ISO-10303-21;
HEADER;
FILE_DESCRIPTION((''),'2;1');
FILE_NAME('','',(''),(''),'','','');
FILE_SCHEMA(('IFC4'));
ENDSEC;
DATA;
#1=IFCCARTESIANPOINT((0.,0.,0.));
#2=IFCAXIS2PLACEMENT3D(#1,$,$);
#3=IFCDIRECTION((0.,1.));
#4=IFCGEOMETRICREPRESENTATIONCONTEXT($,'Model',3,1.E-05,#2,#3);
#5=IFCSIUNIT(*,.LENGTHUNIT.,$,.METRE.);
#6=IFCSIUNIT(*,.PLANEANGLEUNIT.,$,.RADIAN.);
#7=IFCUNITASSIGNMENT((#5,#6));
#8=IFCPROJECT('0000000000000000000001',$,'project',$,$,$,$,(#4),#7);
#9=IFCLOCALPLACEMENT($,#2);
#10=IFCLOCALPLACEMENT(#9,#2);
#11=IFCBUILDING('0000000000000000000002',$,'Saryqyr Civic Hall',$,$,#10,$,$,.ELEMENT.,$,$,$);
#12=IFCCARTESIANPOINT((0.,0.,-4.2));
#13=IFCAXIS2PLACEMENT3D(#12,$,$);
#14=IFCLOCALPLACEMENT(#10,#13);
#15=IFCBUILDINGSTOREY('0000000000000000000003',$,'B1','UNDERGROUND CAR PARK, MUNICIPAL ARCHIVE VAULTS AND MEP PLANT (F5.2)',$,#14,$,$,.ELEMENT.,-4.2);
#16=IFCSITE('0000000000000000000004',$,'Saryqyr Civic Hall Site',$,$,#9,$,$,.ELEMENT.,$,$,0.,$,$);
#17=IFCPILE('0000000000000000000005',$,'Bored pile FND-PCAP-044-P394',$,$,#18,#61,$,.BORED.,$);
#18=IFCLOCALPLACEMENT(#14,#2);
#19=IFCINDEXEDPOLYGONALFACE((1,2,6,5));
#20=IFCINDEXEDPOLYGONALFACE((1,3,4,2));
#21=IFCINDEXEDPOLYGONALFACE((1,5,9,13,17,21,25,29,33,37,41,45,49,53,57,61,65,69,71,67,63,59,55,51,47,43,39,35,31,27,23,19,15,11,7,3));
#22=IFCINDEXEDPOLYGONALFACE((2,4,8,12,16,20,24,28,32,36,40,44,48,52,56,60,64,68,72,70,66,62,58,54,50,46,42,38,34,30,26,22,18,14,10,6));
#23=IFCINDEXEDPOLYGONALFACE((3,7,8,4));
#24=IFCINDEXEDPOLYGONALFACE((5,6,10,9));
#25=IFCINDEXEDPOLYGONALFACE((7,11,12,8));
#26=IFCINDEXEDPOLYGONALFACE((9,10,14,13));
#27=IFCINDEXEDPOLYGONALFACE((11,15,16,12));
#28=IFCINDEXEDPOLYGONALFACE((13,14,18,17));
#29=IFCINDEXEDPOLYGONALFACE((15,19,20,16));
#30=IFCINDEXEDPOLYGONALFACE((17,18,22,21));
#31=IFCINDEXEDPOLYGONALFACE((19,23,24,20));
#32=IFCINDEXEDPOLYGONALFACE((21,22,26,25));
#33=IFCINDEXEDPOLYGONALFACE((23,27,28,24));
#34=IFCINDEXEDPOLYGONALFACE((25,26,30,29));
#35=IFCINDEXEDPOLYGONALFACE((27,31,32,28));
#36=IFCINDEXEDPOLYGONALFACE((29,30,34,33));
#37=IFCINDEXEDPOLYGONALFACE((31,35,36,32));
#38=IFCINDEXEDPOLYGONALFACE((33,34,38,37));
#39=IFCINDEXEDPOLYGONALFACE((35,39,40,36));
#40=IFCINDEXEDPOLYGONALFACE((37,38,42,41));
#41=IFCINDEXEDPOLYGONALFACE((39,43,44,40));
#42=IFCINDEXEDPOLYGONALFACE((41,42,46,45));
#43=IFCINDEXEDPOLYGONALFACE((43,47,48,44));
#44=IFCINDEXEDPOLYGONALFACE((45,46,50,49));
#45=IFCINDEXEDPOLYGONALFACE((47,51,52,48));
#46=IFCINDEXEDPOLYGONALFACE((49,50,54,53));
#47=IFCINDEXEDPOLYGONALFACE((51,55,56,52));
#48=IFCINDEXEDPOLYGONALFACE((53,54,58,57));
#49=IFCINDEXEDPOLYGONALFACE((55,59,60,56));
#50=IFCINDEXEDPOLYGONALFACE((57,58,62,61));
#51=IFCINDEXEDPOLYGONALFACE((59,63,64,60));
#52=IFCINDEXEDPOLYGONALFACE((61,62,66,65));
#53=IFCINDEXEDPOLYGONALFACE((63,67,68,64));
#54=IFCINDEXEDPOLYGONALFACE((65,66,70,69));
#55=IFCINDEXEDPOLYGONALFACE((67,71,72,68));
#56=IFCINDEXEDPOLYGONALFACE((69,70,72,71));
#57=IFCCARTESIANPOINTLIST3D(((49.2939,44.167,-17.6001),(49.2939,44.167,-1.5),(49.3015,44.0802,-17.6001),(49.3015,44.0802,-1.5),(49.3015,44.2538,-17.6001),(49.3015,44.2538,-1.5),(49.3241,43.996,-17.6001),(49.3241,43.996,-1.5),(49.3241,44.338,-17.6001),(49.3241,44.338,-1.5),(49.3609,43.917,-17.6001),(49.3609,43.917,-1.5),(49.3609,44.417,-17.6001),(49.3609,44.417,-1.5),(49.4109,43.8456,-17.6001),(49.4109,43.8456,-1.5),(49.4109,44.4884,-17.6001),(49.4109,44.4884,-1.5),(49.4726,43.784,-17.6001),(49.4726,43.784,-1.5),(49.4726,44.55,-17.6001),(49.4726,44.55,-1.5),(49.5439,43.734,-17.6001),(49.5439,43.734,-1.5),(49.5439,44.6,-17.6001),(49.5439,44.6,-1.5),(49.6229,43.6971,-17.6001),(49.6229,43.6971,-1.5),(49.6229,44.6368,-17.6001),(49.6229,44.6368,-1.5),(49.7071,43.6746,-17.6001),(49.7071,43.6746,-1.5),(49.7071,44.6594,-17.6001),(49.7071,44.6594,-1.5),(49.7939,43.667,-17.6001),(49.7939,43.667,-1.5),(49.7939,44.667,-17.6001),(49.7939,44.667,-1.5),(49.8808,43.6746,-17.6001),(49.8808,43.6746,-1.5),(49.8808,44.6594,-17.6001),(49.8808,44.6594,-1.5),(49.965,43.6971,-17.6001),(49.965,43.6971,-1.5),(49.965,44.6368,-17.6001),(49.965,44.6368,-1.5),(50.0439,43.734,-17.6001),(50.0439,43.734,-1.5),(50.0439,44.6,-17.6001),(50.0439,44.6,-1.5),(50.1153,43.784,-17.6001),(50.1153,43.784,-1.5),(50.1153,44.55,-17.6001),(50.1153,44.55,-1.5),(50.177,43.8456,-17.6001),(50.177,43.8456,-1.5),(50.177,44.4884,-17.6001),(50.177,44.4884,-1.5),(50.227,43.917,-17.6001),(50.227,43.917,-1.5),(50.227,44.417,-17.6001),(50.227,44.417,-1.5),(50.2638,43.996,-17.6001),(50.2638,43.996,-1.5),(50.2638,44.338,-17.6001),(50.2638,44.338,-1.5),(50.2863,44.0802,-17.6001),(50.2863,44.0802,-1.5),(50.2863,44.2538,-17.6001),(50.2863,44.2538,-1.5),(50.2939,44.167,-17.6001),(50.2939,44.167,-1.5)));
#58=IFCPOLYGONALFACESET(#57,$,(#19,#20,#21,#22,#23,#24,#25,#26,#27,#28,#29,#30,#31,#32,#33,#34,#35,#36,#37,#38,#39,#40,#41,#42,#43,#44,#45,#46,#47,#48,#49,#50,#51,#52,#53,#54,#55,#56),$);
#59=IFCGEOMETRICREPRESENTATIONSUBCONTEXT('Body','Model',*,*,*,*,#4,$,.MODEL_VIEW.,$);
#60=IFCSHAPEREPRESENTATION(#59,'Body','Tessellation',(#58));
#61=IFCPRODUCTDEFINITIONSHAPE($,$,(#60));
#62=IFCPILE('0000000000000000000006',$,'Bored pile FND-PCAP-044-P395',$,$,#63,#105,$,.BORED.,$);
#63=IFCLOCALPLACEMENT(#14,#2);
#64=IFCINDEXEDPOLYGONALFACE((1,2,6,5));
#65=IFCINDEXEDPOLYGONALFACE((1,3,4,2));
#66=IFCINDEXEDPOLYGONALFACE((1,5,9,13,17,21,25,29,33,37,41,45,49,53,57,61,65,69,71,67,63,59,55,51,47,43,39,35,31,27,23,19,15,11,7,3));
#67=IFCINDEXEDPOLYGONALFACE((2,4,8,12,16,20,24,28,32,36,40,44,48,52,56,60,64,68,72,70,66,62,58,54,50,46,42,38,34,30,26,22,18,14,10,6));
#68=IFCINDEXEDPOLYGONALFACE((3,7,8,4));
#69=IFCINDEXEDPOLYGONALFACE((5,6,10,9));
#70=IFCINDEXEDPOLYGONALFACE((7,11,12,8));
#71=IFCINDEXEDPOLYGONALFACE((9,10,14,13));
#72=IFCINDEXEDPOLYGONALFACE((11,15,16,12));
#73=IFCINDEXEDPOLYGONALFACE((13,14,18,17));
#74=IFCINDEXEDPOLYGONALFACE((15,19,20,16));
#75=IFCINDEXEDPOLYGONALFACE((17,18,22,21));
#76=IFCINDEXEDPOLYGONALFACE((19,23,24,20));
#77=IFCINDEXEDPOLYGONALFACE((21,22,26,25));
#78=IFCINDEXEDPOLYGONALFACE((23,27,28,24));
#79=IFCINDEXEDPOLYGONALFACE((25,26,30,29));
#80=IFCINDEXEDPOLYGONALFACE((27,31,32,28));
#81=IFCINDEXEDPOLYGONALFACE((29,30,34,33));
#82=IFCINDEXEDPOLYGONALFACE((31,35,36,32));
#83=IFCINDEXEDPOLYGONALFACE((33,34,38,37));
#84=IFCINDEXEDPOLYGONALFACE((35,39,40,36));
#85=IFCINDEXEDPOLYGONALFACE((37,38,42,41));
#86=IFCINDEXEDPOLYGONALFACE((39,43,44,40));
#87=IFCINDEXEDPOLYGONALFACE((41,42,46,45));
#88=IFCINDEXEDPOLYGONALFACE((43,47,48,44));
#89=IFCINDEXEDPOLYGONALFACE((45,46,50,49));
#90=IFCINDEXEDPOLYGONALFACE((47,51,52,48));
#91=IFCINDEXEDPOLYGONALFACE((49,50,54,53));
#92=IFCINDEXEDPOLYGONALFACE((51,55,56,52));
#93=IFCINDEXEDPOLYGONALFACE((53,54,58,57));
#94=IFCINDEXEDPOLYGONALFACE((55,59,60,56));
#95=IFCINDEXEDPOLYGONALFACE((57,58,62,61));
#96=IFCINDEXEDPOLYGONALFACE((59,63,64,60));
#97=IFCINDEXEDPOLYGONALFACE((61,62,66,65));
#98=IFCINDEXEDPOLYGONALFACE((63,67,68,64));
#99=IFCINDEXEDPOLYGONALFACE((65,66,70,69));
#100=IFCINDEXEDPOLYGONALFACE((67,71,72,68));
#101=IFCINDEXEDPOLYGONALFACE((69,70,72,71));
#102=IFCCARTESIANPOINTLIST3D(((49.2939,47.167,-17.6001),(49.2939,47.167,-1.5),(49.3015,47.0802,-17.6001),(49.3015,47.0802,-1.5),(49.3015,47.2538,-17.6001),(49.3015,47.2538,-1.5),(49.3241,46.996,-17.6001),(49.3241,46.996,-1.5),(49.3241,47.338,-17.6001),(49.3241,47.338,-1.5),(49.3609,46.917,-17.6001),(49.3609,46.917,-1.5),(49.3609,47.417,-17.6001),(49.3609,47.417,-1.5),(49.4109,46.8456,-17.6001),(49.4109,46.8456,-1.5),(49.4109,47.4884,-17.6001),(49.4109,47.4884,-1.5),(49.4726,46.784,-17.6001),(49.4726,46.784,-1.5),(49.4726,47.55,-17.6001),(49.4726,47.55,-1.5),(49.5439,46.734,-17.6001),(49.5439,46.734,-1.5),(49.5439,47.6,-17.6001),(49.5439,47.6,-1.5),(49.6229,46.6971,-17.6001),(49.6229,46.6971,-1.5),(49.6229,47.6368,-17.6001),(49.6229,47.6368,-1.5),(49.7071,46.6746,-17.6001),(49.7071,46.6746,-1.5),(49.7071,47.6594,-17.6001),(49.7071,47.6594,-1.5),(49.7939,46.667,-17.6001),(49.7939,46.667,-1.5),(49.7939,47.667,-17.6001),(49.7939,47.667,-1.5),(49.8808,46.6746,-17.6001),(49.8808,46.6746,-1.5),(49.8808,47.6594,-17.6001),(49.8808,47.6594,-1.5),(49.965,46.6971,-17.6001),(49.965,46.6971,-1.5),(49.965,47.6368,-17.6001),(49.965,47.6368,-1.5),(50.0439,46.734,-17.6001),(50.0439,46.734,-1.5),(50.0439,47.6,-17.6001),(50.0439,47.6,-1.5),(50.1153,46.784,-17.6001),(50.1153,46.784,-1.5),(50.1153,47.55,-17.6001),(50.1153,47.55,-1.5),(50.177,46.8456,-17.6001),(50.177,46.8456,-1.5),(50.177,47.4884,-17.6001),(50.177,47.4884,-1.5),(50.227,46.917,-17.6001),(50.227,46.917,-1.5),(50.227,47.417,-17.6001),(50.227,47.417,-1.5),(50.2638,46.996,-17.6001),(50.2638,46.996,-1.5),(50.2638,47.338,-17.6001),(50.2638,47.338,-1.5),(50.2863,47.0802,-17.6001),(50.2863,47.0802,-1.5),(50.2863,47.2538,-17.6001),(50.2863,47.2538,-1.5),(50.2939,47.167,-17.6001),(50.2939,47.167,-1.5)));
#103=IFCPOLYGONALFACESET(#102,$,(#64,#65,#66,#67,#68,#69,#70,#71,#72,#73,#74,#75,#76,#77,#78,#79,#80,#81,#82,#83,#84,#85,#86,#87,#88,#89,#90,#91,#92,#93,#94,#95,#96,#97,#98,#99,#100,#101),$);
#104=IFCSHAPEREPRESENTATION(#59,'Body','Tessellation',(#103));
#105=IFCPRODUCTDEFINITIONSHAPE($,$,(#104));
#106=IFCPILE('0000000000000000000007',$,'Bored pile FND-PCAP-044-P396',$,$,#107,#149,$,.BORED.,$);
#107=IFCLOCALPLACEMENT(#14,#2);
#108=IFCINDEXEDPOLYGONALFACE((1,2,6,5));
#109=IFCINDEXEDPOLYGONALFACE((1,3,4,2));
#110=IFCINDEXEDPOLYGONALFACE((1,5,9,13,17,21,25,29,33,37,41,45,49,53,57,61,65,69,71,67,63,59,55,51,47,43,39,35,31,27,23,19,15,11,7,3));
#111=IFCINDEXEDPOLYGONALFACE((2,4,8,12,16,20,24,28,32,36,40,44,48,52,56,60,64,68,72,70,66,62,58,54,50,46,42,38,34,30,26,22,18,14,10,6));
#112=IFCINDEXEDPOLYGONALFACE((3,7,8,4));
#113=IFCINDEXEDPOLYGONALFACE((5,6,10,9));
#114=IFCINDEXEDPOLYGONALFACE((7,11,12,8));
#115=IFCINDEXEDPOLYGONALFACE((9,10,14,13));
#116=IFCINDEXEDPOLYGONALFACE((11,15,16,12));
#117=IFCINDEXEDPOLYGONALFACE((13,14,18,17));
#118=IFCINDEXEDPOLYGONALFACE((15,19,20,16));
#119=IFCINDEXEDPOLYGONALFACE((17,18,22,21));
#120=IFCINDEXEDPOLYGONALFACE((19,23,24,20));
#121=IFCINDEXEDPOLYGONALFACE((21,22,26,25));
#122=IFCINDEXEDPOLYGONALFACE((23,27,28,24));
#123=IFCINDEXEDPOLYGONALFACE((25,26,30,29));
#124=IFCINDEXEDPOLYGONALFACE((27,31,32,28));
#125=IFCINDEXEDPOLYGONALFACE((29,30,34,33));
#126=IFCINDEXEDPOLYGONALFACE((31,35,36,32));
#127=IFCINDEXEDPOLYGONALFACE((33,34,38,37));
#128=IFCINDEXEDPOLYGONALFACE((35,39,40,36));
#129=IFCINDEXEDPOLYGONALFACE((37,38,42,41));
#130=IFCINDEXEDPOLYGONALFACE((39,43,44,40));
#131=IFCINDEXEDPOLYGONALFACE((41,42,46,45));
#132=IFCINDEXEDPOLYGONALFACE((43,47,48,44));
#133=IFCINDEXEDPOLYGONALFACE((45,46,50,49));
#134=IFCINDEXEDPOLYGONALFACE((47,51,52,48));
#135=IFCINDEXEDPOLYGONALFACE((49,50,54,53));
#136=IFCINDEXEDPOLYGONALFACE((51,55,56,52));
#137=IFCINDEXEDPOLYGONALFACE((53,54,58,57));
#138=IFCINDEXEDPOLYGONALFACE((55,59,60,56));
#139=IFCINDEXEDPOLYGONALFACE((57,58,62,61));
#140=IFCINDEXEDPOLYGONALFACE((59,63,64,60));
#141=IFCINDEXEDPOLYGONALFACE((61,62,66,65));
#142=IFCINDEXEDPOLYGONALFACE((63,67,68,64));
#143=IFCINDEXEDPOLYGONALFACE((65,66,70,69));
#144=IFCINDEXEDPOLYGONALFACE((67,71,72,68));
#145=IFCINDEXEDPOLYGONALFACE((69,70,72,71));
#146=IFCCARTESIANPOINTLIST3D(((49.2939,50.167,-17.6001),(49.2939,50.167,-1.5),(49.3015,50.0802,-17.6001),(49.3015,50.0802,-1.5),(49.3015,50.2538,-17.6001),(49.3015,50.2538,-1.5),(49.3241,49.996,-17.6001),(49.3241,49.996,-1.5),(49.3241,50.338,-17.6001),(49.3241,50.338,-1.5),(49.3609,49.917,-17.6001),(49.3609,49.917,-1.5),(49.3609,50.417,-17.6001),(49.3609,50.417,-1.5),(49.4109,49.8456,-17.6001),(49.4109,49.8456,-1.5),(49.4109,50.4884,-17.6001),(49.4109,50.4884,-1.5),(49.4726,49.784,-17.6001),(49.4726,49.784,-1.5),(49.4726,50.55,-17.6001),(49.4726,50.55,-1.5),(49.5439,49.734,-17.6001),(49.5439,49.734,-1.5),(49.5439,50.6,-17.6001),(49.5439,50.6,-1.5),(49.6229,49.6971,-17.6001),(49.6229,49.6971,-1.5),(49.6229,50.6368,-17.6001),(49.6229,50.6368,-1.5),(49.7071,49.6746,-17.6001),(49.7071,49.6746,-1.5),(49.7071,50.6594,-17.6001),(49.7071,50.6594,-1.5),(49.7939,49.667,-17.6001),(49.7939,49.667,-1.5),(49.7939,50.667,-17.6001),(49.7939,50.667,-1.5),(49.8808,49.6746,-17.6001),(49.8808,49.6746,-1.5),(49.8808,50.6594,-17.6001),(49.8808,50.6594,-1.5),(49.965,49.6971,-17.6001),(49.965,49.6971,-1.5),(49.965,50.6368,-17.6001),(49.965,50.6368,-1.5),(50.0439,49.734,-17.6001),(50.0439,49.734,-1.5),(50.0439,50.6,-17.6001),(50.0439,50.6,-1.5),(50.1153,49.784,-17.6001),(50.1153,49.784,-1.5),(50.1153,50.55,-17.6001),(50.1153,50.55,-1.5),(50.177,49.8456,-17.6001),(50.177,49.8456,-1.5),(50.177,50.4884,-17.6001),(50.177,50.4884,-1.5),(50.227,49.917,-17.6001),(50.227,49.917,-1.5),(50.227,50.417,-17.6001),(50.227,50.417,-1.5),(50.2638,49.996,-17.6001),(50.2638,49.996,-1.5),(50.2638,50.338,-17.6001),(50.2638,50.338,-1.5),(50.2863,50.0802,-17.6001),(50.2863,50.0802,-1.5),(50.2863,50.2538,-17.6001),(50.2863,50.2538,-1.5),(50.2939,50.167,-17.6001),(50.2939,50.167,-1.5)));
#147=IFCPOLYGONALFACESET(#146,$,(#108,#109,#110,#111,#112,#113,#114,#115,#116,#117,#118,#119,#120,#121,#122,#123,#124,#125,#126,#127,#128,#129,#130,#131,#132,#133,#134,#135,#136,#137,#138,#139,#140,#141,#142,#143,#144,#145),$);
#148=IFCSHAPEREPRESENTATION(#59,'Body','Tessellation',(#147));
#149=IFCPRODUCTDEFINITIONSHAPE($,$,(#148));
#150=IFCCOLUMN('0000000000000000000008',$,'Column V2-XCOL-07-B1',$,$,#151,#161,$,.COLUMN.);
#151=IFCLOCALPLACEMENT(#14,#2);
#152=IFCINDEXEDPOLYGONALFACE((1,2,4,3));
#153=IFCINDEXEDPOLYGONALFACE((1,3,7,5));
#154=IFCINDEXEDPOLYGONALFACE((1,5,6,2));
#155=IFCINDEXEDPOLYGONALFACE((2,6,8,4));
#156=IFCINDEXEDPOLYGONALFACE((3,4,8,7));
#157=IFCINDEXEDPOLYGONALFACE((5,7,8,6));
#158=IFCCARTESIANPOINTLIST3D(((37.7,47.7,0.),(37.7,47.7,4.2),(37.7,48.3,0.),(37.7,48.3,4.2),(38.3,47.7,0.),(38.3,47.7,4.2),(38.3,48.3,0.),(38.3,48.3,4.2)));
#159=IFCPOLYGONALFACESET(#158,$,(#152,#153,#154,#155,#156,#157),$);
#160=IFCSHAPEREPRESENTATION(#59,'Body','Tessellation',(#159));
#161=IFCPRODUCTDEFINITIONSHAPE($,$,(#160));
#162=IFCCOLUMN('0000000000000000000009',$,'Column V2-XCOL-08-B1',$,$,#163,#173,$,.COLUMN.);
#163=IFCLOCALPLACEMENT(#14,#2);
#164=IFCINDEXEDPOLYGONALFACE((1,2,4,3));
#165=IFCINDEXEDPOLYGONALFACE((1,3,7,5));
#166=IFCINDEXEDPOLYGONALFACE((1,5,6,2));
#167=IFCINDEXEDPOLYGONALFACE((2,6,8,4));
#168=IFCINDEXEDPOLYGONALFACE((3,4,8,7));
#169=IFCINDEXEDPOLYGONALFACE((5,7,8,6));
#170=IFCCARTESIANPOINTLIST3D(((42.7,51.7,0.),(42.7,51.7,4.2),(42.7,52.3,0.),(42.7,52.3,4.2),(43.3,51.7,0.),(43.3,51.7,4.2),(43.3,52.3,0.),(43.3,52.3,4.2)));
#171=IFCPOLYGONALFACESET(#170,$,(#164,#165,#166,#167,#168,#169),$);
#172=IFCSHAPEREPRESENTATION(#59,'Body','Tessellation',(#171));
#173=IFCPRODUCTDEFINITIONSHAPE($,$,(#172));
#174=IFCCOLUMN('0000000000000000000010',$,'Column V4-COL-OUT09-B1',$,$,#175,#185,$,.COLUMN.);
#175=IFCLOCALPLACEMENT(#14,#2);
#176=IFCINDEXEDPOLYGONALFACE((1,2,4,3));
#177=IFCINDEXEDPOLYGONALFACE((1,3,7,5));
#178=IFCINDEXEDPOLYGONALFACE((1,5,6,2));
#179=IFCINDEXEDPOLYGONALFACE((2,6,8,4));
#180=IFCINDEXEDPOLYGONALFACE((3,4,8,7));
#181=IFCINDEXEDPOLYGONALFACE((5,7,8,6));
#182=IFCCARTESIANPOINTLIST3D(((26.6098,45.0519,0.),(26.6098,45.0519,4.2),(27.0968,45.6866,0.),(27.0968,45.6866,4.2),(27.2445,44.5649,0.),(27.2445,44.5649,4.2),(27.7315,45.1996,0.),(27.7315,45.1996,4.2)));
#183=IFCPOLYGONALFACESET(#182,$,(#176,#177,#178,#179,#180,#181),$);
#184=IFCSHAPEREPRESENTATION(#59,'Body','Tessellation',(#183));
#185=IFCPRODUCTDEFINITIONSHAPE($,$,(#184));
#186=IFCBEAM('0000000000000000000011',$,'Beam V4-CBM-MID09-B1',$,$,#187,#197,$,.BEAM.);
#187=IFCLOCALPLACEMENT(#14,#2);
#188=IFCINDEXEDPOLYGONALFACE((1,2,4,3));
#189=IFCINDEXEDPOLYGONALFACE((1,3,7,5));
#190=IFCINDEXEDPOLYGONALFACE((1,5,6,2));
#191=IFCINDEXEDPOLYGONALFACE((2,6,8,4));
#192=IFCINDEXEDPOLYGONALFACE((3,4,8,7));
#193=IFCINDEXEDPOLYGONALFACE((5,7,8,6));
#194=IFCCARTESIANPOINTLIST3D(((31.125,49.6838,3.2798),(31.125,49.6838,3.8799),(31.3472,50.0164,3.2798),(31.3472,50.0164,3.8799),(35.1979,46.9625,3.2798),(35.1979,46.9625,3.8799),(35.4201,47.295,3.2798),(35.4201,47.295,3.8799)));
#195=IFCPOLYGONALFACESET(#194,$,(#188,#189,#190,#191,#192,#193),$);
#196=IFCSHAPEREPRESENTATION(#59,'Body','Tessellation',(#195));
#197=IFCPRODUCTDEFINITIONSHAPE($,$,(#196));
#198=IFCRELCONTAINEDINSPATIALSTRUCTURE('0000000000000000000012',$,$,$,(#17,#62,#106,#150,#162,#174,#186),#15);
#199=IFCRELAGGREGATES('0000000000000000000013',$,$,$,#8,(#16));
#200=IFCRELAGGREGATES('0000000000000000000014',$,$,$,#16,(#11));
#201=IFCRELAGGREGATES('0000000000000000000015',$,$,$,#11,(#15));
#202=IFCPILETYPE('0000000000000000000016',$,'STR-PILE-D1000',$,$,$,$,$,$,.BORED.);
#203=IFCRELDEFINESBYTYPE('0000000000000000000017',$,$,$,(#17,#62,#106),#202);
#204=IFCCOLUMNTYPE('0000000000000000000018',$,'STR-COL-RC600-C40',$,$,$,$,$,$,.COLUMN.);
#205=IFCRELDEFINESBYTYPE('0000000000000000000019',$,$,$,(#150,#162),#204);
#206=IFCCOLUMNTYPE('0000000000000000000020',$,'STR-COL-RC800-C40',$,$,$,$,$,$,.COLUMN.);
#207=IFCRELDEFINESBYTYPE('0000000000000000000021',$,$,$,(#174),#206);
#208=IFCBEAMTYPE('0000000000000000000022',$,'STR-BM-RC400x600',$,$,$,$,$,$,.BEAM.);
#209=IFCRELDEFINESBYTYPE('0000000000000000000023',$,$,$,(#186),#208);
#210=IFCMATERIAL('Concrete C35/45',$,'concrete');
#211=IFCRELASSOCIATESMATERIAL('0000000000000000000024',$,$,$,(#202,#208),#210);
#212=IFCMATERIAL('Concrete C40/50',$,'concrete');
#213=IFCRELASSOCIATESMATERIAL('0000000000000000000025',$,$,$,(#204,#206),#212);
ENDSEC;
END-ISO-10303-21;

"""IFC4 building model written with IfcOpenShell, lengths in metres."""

from ifc_helpers import new_model, si_unit, direction, frame, origin, origin_2d, place, context, subcontext, project, spatial, rectangle, circle, extrude, material, material_profile, profile_set, type_object, element, save


model = new_model("IFC4")

# Units and contexts
model_context = context("Model", 3, precision=1e-05, world=origin(), true_north=direction((0.0, 1.0)))
body_context = subcontext(model_context, "Body", "Model", "MODEL_VIEW")
ifc_project = project(units=[si_unit("LENGTHUNIT", "METRE"), si_unit("PLANEANGLEUNIT", "RADIAN")], contexts=[model_context])

# Site, building, storey
site_placement = place(None, origin())
site = spatial("IfcSite", under=ifc_project, at=site_placement, Name="Saryqyr Civic Hall Site", CompositionType="ELEMENT", RefElevation=0.0)
building_placement = place(site_placement, origin())
building = spatial("IfcBuilding", under=site, at=building_placement, Name="Saryqyr Civic Hall", CompositionType="ELEMENT")
storey_placement = place(building_placement, frame((0.0, 0.0, -4.2)))
storey = spatial("IfcBuildingStorey", under=building, at=storey_placement, Name="B1", Description="UNDERGROUND CAR PARK, MUNICIPAL ARCHIVE VAULTS AND MEP PLANT (F5.2)", CompositionType="ELEMENT", Elevation=-4.2)

# Piles
ifc_material_1 = material(Name="Concrete C35/45", Category="concrete")
ifc_material_profile_1 = material_profile(ifc_material_1, circle(Radius=0.5, at=origin_2d()), Name="BORED PILE D1000")
ifc_profile_set_1 = profile_set([ifc_material_profile_1], Name="Concrete C35/45")
pile_type = type_object("IfcPileType", Name="STR-PILE-D1000", PredefinedType="BORED", material=ifc_profile_set_1)
for number, where, z_axis, x_axis, name in (
    (1, (49.7939, 44.167, -1.5), (0.0, 0.0, -1.0), (1.0, 0.0, 0.0), "Bored pile FND-PCAP-044-P394"),
    (2, (49.7939, 47.167, -1.5), (0.0, 0.0, -1.0), (1.0, 0.0, 0.0), "Bored pile FND-PCAP-044-P395"),
    (3, (49.7939, 50.167, -1.5), (0.0, 0.0, -1.0), (1.0, 0.0, 0.0), "Bored pile FND-PCAP-044-P396"),
):
    element("IfcPile", number, at=place(storey_placement, frame(where, z_axis=z_axis, x_axis=x_axis)), inside=storey, type_object=pile_type, Name=name, PredefinedType="BORED", context=body_context, shape_type="SweptSolid", body=[
        extrude(circle(Radius=0.5, at=origin_2d()), origin(), (0.0, 0.0, 1.0), 16.1001),
    ])

# Columns
ifc_material_2 = material(Name="Concrete C40/50", Category="concrete")
ifc_material_profile_2 = material_profile(ifc_material_2, rectangle(XDim=0.6001, YDim=0.6001, at=origin_2d()), Name="RC 600x600")
ifc_profile_set_2 = profile_set([ifc_material_profile_2], Name="Concrete C40/50")
column_type_1 = type_object("IfcColumnType", Name="STR-COL-RC600-C40", PredefinedType="COLUMN", material=ifc_profile_set_2)
for number, where, z_axis, x_axis, name in (
    (4, (38.0, 48.0, 0.0), (0.0, 0.0, 1.0), (1.0, 0.0, 0.0), "Column V2-XCOL-07-B1"),
    (5, (43.0, 52.0, 0.0), (0.0, 0.0, 1.0), (1.0, 0.0, 0.0), "Column V2-XCOL-08-B1"),
):
    element("IfcColumn", number, at=place(storey_placement, frame(where, z_axis=z_axis, x_axis=x_axis)), inside=storey, type_object=column_type_1, Name=name, PredefinedType="COLUMN", context=body_context, shape_type="SweptSolid", body=[
        extrude(rectangle(XDim=0.6001, YDim=0.6001, at=origin_2d()), origin(), (0.0, 0.0, 1.0), 4.2),
    ])
ifc_material_profile_3 = material_profile(ifc_material_2, rectangle(XDim=0.8, YDim=0.8, at=origin_2d()), Name="RC 800x800")
ifc_profile_set_3 = profile_set([ifc_material_profile_3], Name="Concrete C40/50")
column_type_2 = type_object("IfcColumnType", Name="STR-COL-RC800-C40", PredefinedType="COLUMN", material=ifc_profile_set_3)
column_placement = place(storey_placement, frame((27.1707, 45.1257, 0.0), z_axis=(0.0, 0.0, 1.0), x_axis=(-0.608761, -0.793353, 0.0)))
element("IfcColumn", 6, at=column_placement, inside=storey, type_object=column_type_2, Name="Column V4-COL-OUT09-B1", PredefinedType="COLUMN", context=body_context, shape_type="SweptSolid", body=[
    extrude(rectangle(XDim=0.8, YDim=0.8, at=origin_2d()), origin(), (0.0, 0.0, 1.0), 4.2),
])

# Beam
ifc_material_profile_4 = material_profile(ifc_material_1, rectangle(XDim=0.3999, YDim=0.6001, at=origin_2d()), Name="RC 400x600")
ifc_profile_set_4 = profile_set([ifc_material_profile_4], Name="Concrete C35/45")
beam_type_1 = type_object("IfcBeamType", Name="STR-BM-RC400x600", PredefinedType="BEAM", material=ifc_profile_set_4)
beam_1_placement = place(storey_placement, frame((31.2361, 49.8501, 3.5798), z_axis=(0.831475, -0.555563, 0.0), x_axis=(0.555563, 0.831475, 0.0)))
element("IfcBeam", 7, at=beam_1_placement, inside=storey, type_object=beam_type_1, Name="Beam V4-CBM-MID09-B1", PredefinedType="BEAM", context=body_context, shape_type="SweptSolid", body=[
    extrude(rectangle(XDim=0.3999, YDim=0.6001, at=origin_2d()), origin(), (0.0, 0.0, 1.0), 4.8984),
])

save(model, "model.ifc")
